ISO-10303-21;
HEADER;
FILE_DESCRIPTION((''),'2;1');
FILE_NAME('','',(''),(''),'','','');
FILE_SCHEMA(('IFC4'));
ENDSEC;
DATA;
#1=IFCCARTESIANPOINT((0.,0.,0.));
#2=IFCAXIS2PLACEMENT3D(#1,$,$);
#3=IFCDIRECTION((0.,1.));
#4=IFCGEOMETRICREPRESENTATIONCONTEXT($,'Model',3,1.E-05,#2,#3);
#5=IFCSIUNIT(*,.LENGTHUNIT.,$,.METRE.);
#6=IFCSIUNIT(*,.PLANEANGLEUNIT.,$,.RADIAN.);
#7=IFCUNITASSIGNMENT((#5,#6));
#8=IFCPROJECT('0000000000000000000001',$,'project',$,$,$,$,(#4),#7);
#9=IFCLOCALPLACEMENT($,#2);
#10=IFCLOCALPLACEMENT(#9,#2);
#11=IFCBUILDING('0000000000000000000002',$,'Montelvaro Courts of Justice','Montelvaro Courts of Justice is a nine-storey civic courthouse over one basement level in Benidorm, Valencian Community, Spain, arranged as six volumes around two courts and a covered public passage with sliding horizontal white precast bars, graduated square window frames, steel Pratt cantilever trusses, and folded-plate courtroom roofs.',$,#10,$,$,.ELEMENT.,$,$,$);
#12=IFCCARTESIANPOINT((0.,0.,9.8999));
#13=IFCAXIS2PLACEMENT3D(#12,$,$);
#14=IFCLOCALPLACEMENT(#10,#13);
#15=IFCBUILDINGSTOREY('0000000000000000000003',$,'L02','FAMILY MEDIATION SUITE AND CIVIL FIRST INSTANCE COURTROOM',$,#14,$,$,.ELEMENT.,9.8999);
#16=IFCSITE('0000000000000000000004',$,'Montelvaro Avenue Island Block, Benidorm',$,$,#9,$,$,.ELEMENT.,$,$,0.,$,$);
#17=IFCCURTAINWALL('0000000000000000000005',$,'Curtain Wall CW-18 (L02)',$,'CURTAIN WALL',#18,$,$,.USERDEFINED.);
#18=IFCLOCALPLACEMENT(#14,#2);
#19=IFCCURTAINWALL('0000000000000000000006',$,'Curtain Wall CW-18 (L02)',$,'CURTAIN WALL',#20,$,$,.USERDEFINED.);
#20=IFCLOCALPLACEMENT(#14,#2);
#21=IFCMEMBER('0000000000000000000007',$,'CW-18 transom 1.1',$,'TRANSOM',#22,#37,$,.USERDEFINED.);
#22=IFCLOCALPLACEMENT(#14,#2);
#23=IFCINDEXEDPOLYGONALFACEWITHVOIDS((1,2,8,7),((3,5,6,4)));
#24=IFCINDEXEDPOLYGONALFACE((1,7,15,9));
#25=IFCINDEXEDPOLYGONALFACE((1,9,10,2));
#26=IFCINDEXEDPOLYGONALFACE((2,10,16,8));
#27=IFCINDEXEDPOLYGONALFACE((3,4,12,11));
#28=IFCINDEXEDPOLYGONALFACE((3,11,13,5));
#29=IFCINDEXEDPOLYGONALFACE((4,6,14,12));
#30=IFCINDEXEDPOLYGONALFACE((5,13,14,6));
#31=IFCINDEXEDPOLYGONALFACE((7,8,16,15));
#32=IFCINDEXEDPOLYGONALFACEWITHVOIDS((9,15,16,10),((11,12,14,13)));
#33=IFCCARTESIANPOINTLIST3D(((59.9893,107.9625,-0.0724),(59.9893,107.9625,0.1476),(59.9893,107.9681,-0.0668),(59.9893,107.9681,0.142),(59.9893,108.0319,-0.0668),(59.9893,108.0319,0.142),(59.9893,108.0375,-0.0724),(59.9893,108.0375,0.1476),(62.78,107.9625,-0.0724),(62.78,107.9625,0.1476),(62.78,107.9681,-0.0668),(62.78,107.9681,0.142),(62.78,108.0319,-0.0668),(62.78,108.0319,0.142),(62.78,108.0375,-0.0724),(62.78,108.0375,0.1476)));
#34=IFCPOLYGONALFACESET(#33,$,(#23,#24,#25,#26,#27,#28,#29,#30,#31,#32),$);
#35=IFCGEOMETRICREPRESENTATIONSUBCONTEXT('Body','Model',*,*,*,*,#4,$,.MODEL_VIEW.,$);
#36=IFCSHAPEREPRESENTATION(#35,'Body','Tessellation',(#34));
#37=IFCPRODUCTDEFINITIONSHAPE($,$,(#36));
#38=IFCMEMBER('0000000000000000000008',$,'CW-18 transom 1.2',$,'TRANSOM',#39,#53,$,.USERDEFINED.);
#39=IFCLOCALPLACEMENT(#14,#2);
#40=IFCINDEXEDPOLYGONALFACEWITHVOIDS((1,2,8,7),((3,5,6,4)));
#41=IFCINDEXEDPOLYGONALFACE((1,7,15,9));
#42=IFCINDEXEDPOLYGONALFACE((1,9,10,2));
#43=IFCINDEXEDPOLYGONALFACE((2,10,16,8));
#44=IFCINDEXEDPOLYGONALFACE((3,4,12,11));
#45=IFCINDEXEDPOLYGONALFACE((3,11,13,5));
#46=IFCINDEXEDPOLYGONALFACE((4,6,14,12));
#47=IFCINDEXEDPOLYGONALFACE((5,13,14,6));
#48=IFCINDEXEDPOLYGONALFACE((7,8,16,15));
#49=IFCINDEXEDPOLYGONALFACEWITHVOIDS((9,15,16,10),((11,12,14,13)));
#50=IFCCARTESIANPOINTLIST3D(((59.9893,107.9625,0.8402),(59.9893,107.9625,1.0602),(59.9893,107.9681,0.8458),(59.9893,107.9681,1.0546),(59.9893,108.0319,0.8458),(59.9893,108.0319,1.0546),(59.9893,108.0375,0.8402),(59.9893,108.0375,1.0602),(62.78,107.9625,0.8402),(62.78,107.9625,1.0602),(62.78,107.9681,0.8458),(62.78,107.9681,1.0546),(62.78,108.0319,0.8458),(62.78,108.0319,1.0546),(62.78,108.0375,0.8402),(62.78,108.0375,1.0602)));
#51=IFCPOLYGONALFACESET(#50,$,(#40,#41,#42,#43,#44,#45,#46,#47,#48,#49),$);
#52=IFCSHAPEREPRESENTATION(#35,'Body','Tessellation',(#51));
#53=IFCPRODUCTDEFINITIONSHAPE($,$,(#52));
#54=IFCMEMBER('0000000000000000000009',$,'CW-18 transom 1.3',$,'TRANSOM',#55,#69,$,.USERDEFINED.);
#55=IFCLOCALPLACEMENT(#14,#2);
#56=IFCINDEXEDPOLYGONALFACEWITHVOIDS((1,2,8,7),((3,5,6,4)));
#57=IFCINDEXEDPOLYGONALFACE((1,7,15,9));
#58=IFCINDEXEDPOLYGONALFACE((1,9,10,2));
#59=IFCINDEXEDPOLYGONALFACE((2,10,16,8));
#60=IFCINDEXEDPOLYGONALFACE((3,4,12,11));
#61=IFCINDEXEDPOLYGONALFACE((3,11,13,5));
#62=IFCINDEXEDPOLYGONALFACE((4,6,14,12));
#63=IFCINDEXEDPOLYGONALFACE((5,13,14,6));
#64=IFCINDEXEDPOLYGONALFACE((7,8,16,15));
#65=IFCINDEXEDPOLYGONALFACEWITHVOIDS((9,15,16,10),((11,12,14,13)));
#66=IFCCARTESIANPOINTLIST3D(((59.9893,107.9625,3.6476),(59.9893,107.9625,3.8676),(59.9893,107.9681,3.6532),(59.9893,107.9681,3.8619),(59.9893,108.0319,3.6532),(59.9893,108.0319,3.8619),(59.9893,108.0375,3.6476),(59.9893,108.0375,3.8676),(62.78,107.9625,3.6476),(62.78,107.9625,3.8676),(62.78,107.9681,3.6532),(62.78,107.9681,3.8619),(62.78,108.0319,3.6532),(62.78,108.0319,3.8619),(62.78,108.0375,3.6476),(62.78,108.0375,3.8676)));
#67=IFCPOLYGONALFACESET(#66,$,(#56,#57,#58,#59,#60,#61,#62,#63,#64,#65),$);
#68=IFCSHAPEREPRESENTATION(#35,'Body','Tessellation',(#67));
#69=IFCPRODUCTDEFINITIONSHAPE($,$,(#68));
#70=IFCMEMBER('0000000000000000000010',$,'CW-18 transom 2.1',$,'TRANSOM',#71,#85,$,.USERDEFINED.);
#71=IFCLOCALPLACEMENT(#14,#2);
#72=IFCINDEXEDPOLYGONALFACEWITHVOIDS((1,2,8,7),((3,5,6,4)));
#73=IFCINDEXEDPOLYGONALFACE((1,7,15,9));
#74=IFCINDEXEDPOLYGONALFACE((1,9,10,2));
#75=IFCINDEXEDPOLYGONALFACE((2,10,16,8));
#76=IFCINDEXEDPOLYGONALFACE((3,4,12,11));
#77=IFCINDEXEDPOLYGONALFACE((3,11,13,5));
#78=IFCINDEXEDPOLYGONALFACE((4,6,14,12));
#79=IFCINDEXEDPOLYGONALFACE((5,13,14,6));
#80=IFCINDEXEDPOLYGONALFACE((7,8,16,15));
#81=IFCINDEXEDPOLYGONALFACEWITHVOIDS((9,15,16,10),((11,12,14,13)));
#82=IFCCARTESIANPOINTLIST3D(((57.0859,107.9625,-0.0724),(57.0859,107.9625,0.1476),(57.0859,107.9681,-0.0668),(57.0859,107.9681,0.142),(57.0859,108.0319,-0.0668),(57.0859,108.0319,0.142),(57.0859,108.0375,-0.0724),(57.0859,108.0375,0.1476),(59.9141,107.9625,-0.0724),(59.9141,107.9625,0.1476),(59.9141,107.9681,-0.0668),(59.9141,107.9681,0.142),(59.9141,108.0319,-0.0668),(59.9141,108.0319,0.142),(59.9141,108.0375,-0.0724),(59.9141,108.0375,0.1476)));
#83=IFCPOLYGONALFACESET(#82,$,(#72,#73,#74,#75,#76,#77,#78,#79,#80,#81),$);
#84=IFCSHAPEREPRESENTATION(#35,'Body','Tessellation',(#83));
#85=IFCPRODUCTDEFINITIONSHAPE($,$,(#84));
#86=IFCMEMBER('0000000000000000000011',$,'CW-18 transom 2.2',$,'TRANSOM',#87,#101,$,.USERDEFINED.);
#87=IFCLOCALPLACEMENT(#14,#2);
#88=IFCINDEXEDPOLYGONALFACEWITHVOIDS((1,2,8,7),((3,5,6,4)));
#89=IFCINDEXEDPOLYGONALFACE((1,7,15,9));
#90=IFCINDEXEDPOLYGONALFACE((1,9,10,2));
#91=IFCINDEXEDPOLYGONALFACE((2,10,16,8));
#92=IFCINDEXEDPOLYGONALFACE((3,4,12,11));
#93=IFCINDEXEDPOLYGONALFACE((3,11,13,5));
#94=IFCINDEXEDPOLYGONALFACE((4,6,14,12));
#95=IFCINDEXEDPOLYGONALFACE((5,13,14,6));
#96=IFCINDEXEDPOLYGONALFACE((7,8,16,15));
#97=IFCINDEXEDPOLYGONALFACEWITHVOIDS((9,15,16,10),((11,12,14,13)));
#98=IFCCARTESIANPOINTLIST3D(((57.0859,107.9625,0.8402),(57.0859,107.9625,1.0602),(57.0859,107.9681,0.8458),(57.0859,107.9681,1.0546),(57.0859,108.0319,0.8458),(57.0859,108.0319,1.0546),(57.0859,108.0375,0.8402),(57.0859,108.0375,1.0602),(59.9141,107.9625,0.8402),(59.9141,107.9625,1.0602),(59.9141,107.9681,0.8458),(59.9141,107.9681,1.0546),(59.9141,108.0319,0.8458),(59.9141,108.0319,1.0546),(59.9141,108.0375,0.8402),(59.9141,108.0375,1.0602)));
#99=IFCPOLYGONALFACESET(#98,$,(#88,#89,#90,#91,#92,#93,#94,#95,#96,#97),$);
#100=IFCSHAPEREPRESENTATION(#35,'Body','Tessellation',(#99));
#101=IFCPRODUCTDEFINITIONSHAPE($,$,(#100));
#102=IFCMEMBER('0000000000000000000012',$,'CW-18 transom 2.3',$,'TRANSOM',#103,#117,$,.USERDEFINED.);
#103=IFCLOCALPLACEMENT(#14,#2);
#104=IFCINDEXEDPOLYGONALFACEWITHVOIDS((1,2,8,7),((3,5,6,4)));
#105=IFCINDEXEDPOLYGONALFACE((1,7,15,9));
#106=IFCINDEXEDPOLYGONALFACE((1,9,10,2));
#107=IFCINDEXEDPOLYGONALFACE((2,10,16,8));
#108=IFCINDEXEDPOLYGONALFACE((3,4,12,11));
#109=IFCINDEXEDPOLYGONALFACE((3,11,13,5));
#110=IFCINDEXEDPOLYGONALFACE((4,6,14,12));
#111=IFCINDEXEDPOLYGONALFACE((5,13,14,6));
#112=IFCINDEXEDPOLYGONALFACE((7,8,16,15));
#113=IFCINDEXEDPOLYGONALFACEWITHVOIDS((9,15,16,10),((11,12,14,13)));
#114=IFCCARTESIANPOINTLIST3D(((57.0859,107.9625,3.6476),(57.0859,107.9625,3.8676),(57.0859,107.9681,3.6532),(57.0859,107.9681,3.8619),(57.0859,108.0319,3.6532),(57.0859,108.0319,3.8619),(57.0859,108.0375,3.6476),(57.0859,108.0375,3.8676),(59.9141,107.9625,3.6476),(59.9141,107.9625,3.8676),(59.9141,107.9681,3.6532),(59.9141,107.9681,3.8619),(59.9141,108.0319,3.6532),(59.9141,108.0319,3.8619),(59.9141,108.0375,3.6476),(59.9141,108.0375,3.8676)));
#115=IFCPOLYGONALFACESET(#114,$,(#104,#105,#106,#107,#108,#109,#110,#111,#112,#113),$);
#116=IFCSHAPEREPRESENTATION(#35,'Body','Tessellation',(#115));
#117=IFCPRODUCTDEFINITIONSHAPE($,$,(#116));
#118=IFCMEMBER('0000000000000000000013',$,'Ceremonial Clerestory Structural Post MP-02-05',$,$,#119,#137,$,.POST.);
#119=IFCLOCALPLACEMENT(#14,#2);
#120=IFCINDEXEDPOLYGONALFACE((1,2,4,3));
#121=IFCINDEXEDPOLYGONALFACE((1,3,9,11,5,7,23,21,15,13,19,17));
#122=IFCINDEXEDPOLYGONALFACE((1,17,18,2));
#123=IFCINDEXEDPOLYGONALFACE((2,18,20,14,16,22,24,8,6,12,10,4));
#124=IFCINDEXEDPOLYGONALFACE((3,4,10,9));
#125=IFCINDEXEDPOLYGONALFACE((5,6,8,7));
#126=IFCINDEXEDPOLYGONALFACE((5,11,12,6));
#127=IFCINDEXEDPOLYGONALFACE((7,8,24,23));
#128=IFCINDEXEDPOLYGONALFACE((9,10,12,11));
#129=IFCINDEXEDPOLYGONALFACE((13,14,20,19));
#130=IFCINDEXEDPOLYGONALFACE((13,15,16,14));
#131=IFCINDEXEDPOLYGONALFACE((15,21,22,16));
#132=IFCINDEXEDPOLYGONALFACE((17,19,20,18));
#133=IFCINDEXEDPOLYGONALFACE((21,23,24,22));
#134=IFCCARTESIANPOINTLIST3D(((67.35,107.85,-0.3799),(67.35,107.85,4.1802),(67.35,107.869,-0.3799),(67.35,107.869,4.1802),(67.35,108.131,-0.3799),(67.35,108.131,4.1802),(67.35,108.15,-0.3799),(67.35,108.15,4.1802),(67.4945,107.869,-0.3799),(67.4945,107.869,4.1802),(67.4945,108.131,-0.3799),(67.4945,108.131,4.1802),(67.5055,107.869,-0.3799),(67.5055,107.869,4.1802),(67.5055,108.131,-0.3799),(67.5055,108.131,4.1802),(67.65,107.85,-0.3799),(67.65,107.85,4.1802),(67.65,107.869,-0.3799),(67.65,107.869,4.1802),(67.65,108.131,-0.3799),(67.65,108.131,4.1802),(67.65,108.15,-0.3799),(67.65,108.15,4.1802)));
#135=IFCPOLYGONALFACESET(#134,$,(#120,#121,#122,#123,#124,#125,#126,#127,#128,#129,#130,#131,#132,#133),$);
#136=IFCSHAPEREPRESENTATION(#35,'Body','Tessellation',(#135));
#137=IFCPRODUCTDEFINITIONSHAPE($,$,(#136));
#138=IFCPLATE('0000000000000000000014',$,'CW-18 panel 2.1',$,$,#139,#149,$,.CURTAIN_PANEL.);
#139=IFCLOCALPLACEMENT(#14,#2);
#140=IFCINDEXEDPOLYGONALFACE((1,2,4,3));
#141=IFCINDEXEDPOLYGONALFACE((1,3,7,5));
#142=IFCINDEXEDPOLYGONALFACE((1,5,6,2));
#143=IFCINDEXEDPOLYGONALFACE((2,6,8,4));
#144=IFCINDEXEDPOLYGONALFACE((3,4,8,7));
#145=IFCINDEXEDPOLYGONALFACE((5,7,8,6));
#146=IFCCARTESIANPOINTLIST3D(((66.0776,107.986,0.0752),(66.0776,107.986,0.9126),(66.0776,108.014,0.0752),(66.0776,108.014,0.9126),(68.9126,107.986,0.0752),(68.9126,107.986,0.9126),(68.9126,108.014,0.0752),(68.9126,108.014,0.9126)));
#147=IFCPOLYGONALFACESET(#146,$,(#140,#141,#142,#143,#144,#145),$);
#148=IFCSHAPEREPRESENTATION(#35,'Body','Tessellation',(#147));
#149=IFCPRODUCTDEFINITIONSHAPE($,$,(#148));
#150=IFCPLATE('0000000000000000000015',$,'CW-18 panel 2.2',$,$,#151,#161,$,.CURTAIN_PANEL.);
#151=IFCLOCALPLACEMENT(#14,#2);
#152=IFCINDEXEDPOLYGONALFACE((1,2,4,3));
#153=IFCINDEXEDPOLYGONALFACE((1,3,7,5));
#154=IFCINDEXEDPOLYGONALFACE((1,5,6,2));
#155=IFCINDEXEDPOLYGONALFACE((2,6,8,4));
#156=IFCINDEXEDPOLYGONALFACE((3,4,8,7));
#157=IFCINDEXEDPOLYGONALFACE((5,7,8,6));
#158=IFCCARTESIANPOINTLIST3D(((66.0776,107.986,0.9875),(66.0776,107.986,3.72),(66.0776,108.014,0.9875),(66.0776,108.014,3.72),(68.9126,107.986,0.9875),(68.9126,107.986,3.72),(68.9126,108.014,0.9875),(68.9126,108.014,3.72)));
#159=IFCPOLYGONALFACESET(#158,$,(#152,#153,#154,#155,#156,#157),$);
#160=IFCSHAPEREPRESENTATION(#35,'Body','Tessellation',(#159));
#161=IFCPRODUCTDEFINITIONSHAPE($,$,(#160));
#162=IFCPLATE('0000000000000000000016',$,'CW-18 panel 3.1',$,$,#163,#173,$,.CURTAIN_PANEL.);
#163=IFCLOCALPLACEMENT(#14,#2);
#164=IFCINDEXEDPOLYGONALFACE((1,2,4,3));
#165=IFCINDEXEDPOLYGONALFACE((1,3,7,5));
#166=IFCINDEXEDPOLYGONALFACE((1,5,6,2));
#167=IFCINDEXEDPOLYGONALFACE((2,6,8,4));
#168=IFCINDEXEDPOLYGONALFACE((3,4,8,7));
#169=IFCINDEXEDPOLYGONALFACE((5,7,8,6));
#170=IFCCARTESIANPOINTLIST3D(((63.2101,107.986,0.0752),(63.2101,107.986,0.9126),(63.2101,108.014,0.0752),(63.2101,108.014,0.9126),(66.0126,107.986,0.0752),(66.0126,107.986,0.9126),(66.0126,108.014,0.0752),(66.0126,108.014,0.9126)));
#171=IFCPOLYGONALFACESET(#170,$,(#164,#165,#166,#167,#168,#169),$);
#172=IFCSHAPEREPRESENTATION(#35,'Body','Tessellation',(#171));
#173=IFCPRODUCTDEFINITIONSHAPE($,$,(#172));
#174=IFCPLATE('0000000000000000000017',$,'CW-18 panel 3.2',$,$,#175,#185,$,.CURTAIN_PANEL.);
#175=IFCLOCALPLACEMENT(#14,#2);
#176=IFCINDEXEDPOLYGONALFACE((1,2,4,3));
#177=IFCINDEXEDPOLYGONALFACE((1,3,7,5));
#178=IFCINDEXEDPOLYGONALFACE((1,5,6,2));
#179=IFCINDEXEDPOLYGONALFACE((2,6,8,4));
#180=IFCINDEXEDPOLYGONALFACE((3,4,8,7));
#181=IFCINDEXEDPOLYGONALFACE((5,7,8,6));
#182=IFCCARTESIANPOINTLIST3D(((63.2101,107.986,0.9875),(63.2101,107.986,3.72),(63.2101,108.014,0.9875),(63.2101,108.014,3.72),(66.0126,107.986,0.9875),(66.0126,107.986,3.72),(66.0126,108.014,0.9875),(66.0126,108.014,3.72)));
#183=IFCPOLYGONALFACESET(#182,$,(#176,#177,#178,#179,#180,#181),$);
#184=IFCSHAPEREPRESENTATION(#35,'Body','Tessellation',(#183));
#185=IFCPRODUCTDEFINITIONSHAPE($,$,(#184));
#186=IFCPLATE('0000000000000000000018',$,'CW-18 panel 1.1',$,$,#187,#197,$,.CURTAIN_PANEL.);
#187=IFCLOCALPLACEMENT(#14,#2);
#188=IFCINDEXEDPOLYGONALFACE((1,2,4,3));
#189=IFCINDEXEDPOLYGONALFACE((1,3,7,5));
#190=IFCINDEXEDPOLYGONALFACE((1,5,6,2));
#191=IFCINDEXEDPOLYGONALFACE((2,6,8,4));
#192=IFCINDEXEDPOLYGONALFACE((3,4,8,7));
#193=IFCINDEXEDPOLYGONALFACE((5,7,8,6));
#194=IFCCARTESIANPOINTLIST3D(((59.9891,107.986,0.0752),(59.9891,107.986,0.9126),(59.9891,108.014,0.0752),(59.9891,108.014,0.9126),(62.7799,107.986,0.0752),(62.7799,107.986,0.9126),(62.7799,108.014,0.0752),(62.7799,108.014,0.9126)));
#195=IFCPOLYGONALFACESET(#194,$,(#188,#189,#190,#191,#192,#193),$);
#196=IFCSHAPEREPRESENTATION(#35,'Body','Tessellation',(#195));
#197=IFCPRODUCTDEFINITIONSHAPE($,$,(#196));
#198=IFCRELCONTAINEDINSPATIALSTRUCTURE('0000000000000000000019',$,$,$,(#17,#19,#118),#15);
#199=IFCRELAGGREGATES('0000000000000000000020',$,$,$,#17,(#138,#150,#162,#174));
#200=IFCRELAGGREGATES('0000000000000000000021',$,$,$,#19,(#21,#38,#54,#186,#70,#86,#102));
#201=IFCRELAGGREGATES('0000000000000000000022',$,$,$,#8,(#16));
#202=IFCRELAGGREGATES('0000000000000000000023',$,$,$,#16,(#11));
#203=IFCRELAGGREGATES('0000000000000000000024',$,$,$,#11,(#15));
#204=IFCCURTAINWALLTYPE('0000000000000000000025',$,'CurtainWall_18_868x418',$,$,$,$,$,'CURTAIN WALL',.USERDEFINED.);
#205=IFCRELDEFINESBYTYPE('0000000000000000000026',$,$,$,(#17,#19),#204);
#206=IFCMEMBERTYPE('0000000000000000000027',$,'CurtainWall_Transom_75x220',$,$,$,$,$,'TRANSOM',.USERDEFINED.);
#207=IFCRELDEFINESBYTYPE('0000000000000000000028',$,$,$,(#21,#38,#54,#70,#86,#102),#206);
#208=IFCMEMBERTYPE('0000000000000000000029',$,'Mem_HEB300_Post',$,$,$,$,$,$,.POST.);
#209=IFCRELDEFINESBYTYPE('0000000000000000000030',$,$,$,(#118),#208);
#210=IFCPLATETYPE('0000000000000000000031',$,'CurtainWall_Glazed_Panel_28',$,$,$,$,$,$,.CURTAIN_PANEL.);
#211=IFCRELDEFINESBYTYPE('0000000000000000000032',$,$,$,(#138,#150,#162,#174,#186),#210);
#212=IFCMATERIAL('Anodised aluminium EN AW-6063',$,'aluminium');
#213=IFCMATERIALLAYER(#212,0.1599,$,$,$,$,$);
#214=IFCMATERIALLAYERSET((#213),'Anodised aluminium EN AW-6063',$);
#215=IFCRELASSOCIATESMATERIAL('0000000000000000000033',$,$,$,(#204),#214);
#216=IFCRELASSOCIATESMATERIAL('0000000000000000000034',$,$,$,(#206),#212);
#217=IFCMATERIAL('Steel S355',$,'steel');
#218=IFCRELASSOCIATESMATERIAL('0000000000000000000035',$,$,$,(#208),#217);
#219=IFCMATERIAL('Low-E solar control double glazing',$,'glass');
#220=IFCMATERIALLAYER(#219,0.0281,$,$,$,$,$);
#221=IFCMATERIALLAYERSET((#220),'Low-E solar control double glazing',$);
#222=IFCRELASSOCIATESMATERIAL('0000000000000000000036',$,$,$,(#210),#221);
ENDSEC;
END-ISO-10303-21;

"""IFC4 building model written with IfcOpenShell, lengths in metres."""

from ifc_helpers import new_model, si_unit, direction, frame, origin, origin_2d, place, context, subcontext, project, spatial, rectangle, hollow_rectangle, i_section, extrude, material, layer, layer_set, material_profile, profile_set, type_object, element, aggregate, save


model = new_model("IFC4")

# Units and contexts
model_context = context("Model", 3, precision=1e-05, world=origin(), true_north=direction((0.0, 1.0)))
body_context = subcontext(model_context, "Body", "Model", "MODEL_VIEW")
ifc_project = project(units=[si_unit("LENGTHUNIT", "METRE"), si_unit("PLANEANGLEUNIT", "RADIAN")], contexts=[model_context])

# Site, building, storey
site_placement = place(None, origin())
site = spatial("IfcSite", under=ifc_project, at=site_placement, Name="Montelvaro Avenue Island Block, Benidorm", CompositionType="ELEMENT", RefElevation=0.0)
building_placement = place(site_placement, origin())
building = spatial("IfcBuilding", under=site, at=building_placement, Name="Montelvaro Courts of Justice", Description="Montelvaro Courts of Justice is a nine-storey civic courthouse over one basement level in Benidorm, Valencian Community, Spain, arranged as six volumes around two courts and a covered public passage with sliding horizontal white precast bars, graduated square window frames, steel Pratt cantilever trusses, and folded-plate courtroom roofs.", CompositionType="ELEMENT")
storey_placement = place(building_placement, frame((0.0, 0.0, 9.8999)))
storey = spatial("IfcBuildingStorey", under=building, at=storey_placement, Name="L02", Description="FAMILY MEDIATION SUITE AND CIVIL FIRST INSTANCE COURTROOM", CompositionType="ELEMENT", Elevation=9.8999)

# Shared definitions
ifc_material_1 = material(Name="Steel S355", Category="steel")

# Curtain walls
ifc_material_2 = material(Name="Anodised aluminium EN AW-6063", Category="aluminium")
ifc_layer_1 = layer(ifc_material_2, 0.1599)
ifc_layer_set_1 = layer_set([ifc_layer_1], Name="Anodised aluminium EN AW-6063")
curtain_wall_type = type_object("IfcCurtainWallType", Name="CurtainWall_18_868x418", ElementType="CURTAIN WALL", PredefinedType="USERDEFINED", material=ifc_layer_set_1)
curtain_wall_1_placement = place(storey_placement, origin())
curtain_wall_1 = element("IfcCurtainWall", 1, at=curtain_wall_1_placement, inside=storey, type_object=curtain_wall_type, Name="Curtain Wall CW-18 (L02)", ObjectType="CURTAIN WALL", PredefinedType="USERDEFINED")
curtain_wall_2_placement = place(storey_placement, origin())
curtain_wall_2 = element("IfcCurtainWall", 2, at=curtain_wall_2_placement, inside=storey, type_object=curtain_wall_type, Name="Curtain Wall CW-18 (L02)", ObjectType="CURTAIN WALL", PredefinedType="USERDEFINED")

# Members
ifc_material_profile_1 = material_profile(ifc_material_2, hollow_rectangle(XDim=0.075, YDim=0.22, WallThickness=0.0056, at=origin_2d()), Name="ALU-T 75x220")
ifc_profile_set_1 = profile_set([ifc_material_profile_1], Name="Anodised aluminium EN AW-6063")
member_type_1 = type_object("IfcMemberType", Name="CurtainWall_Transom_75x220", ElementType="TRANSOM", PredefinedType="USERDEFINED", material=ifc_profile_set_1)
member_1_placement = place(storey_placement, frame((62.78, 108.0, 0.0376), z_axis=(-1.0, 0.0, 0.0), x_axis=(0.0, -1.0, 0.0)))
member_1 = element("IfcMember", 3, at=member_1_placement, type_object=member_type_1, Name="CW-18 transom 1.1", ObjectType="TRANSOM", PredefinedType="USERDEFINED", context=body_context, shape_type="SweptSolid", body=[
    extrude(hollow_rectangle(XDim=0.075, YDim=0.22, WallThickness=0.0056, at=origin_2d()), origin(), (0.0, 0.0, 1.0), 2.7908),
])
member_2_placement = place(storey_placement, frame((62.78, 108.0, 0.9502), z_axis=(-1.0, 0.0, 0.0), x_axis=(0.0, -1.0, 0.0)))
member_2 = element("IfcMember", 4, at=member_2_placement, type_object=member_type_1, Name="CW-18 transom 1.2", ObjectType="TRANSOM", PredefinedType="USERDEFINED", context=body_context, shape_type="SweptSolid", body=[
    extrude(hollow_rectangle(XDim=0.075, YDim=0.22, WallThickness=0.0056, at=origin_2d()), origin(), (0.0, 0.0, 1.0), 2.7908),
])
member_3_placement = place(storey_placement, frame((62.78, 108.0, 3.7576), z_axis=(-1.0, 0.0, 0.0), x_axis=(0.0, -1.0, 0.0)))
member_3 = element("IfcMember", 5, at=member_3_placement, type_object=member_type_1, Name="CW-18 transom 1.3", ObjectType="TRANSOM", PredefinedType="USERDEFINED", context=body_context, shape_type="SweptSolid", body=[
    extrude(hollow_rectangle(XDim=0.075, YDim=0.22, WallThickness=0.0056, at=origin_2d()), origin(), (0.0, 0.0, 1.0), 2.7908),
])
member_4_placement = place(storey_placement, frame((59.9141, 108.0, 0.0376), z_axis=(-1.0, 0.0, 0.0), x_axis=(0.0, -1.0, 0.0)))
member_4 = element("IfcMember", 6, at=member_4_placement, type_object=member_type_1, Name="CW-18 transom 2.1", ObjectType="TRANSOM", PredefinedType="USERDEFINED", context=body_context, shape_type="SweptSolid", body=[
    extrude(hollow_rectangle(XDim=0.075, YDim=0.22, WallThickness=0.0056, at=origin_2d()), origin(), (0.0, 0.0, 1.0), 2.8281),
])
member_5_placement = place(storey_placement, frame((59.9141, 108.0, 0.9502), z_axis=(-1.0, 0.0, 0.0), x_axis=(0.0, -1.0, 0.0)))
member_5 = element("IfcMember", 7, at=member_5_placement, type_object=member_type_1, Name="CW-18 transom 2.2", ObjectType="TRANSOM", PredefinedType="USERDEFINED", context=body_context, shape_type="SweptSolid", body=[
    extrude(hollow_rectangle(XDim=0.075, YDim=0.22, WallThickness=0.0056, at=origin_2d()), origin(), (0.0, 0.0, 1.0), 2.8281),
])
member_6_placement = place(storey_placement, frame((59.9141, 108.0, 3.7576), z_axis=(-1.0, 0.0, 0.0), x_axis=(0.0, -1.0, 0.0)))
member_6 = element("IfcMember", 8, at=member_6_placement, type_object=member_type_1, Name="CW-18 transom 2.3", ObjectType="TRANSOM", PredefinedType="USERDEFINED", context=body_context, shape_type="SweptSolid", body=[
    extrude(hollow_rectangle(XDim=0.075, YDim=0.22, WallThickness=0.0056, at=origin_2d()), origin(), (0.0, 0.0, 1.0), 2.8281),
])
ifc_material_profile_2 = material_profile(ifc_material_1, i_section(OverallWidth=0.3, OverallDepth=0.3, WebThickness=0.011, FlangeThickness=0.019, at=origin_2d()), Name="HEB 300")
ifc_profile_set_2 = profile_set([ifc_material_profile_2], Name="Steel S355")
member_type_2 = type_object("IfcMemberType", Name="Mem_HEB300_Post", PredefinedType="POST", material=ifc_profile_set_2)
member_7_placement = place(storey_placement, frame((67.5, 108.0, -0.3799), z_axis=(0.0, 0.0, 1.0), x_axis=(1.0, 0.0, 0.0)))
element("IfcMember", 9, at=member_7_placement, inside=storey, type_object=member_type_2, Name="Ceremonial Clerestory Structural Post MP-02-05", PredefinedType="POST", context=body_context, shape_type="SweptSolid", body=[
    extrude(i_section(OverallWidth=0.3, OverallDepth=0.3, WebThickness=0.011, FlangeThickness=0.019, at=origin_2d()), origin(), (0.0, 0.0, 1.0), 4.5601),
])

# Plates
ifc_material_3 = material(Name="Low-E solar control double glazing", Category="glass")
ifc_layer_2 = layer(ifc_material_3, 0.0281)
ifc_layer_set_2 = layer_set([ifc_layer_2], Name="Low-E solar control double glazing")
plate_type = type_object("IfcPlateType", Name="CurtainWall_Glazed_Panel_28", PredefinedType="CURTAIN_PANEL", material=ifc_layer_set_2)
plate_1_placement = place(storey_placement, frame((67.4951, 108.0, 0.0752), z_axis=(0.0, 0.0, 1.0), x_axis=(-1.0, 0.0, 0.0)))
plate_1 = element("IfcPlate", 10, at=plate_1_placement, type_object=plate_type, Name="CW-18 panel 2.1", PredefinedType="CURTAIN_PANEL", context=body_context, shape_type="SweptSolid", body=[
    extrude(rectangle(XDim=2.835, YDim=0.0281, at=origin_2d()), origin(), (0.0, 0.0, 1.0), 0.8374),
])
plate_2_placement = place(storey_placement, frame((67.4951, 108.0, 0.9875), z_axis=(0.0, 0.0, 1.0), x_axis=(-1.0, 0.0, 0.0)))
plate_2 = element("IfcPlate", 11, at=plate_2_placement, type_object=plate_type, Name="CW-18 panel 2.2", PredefinedType="CURTAIN_PANEL", context=body_context, shape_type="SweptSolid", body=[
    extrude(rectangle(XDim=2.835, YDim=0.0281, at=origin_2d()), origin(), (0.0, 0.0, 1.0), 2.7324),
])
plate_3_placement = place(storey_placement, frame((64.6113, 108.0, 0.0752), z_axis=(0.0, 0.0, 1.0), x_axis=(-1.0, 0.0, 0.0)))
plate_3 = element("IfcPlate", 12, at=plate_3_placement, type_object=plate_type, Name="CW-18 panel 3.1", PredefinedType="CURTAIN_PANEL", context=body_context, shape_type="SweptSolid", body=[
    extrude(rectangle(XDim=2.8025, YDim=0.0281, at=origin_2d()), origin(), (0.0, 0.0, 1.0), 0.8374),
])
plate_4_placement = place(storey_placement, frame((64.6113, 108.0, 0.9875), z_axis=(0.0, 0.0, 1.0), x_axis=(-1.0, 0.0, 0.0)))
plate_4 = element("IfcPlate", 13, at=plate_4_placement, type_object=plate_type, Name="CW-18 panel 3.2", PredefinedType="CURTAIN_PANEL", context=body_context, shape_type="SweptSolid", body=[
    extrude(rectangle(XDim=2.8025, YDim=0.0281, at=origin_2d()), origin(), (0.0, 0.0, 1.0), 2.7324),
])
aggregate(curtain_wall_1, [plate_1, plate_2, plate_3, plate_4])
plate_5_placement = place(storey_placement, frame((61.3845, 108.0, 0.0752), z_axis=(0.0, 0.0, 1.0), x_axis=(-1.0, 0.0, 0.0)))
plate_5 = element("IfcPlate", 14, at=plate_5_placement, type_object=plate_type, Name="CW-18 panel 1.1", PredefinedType="CURTAIN_PANEL", context=body_context, shape_type="SweptSolid", body=[
    extrude(rectangle(XDim=2.7908, YDim=0.0281, at=origin_2d()), origin(), (0.0, 0.0, 1.0), 0.8374),
])
aggregate(curtain_wall_2, [member_1, member_2, member_3, plate_5, member_4, member_5, member_6])

save(model, "model.ifc")
